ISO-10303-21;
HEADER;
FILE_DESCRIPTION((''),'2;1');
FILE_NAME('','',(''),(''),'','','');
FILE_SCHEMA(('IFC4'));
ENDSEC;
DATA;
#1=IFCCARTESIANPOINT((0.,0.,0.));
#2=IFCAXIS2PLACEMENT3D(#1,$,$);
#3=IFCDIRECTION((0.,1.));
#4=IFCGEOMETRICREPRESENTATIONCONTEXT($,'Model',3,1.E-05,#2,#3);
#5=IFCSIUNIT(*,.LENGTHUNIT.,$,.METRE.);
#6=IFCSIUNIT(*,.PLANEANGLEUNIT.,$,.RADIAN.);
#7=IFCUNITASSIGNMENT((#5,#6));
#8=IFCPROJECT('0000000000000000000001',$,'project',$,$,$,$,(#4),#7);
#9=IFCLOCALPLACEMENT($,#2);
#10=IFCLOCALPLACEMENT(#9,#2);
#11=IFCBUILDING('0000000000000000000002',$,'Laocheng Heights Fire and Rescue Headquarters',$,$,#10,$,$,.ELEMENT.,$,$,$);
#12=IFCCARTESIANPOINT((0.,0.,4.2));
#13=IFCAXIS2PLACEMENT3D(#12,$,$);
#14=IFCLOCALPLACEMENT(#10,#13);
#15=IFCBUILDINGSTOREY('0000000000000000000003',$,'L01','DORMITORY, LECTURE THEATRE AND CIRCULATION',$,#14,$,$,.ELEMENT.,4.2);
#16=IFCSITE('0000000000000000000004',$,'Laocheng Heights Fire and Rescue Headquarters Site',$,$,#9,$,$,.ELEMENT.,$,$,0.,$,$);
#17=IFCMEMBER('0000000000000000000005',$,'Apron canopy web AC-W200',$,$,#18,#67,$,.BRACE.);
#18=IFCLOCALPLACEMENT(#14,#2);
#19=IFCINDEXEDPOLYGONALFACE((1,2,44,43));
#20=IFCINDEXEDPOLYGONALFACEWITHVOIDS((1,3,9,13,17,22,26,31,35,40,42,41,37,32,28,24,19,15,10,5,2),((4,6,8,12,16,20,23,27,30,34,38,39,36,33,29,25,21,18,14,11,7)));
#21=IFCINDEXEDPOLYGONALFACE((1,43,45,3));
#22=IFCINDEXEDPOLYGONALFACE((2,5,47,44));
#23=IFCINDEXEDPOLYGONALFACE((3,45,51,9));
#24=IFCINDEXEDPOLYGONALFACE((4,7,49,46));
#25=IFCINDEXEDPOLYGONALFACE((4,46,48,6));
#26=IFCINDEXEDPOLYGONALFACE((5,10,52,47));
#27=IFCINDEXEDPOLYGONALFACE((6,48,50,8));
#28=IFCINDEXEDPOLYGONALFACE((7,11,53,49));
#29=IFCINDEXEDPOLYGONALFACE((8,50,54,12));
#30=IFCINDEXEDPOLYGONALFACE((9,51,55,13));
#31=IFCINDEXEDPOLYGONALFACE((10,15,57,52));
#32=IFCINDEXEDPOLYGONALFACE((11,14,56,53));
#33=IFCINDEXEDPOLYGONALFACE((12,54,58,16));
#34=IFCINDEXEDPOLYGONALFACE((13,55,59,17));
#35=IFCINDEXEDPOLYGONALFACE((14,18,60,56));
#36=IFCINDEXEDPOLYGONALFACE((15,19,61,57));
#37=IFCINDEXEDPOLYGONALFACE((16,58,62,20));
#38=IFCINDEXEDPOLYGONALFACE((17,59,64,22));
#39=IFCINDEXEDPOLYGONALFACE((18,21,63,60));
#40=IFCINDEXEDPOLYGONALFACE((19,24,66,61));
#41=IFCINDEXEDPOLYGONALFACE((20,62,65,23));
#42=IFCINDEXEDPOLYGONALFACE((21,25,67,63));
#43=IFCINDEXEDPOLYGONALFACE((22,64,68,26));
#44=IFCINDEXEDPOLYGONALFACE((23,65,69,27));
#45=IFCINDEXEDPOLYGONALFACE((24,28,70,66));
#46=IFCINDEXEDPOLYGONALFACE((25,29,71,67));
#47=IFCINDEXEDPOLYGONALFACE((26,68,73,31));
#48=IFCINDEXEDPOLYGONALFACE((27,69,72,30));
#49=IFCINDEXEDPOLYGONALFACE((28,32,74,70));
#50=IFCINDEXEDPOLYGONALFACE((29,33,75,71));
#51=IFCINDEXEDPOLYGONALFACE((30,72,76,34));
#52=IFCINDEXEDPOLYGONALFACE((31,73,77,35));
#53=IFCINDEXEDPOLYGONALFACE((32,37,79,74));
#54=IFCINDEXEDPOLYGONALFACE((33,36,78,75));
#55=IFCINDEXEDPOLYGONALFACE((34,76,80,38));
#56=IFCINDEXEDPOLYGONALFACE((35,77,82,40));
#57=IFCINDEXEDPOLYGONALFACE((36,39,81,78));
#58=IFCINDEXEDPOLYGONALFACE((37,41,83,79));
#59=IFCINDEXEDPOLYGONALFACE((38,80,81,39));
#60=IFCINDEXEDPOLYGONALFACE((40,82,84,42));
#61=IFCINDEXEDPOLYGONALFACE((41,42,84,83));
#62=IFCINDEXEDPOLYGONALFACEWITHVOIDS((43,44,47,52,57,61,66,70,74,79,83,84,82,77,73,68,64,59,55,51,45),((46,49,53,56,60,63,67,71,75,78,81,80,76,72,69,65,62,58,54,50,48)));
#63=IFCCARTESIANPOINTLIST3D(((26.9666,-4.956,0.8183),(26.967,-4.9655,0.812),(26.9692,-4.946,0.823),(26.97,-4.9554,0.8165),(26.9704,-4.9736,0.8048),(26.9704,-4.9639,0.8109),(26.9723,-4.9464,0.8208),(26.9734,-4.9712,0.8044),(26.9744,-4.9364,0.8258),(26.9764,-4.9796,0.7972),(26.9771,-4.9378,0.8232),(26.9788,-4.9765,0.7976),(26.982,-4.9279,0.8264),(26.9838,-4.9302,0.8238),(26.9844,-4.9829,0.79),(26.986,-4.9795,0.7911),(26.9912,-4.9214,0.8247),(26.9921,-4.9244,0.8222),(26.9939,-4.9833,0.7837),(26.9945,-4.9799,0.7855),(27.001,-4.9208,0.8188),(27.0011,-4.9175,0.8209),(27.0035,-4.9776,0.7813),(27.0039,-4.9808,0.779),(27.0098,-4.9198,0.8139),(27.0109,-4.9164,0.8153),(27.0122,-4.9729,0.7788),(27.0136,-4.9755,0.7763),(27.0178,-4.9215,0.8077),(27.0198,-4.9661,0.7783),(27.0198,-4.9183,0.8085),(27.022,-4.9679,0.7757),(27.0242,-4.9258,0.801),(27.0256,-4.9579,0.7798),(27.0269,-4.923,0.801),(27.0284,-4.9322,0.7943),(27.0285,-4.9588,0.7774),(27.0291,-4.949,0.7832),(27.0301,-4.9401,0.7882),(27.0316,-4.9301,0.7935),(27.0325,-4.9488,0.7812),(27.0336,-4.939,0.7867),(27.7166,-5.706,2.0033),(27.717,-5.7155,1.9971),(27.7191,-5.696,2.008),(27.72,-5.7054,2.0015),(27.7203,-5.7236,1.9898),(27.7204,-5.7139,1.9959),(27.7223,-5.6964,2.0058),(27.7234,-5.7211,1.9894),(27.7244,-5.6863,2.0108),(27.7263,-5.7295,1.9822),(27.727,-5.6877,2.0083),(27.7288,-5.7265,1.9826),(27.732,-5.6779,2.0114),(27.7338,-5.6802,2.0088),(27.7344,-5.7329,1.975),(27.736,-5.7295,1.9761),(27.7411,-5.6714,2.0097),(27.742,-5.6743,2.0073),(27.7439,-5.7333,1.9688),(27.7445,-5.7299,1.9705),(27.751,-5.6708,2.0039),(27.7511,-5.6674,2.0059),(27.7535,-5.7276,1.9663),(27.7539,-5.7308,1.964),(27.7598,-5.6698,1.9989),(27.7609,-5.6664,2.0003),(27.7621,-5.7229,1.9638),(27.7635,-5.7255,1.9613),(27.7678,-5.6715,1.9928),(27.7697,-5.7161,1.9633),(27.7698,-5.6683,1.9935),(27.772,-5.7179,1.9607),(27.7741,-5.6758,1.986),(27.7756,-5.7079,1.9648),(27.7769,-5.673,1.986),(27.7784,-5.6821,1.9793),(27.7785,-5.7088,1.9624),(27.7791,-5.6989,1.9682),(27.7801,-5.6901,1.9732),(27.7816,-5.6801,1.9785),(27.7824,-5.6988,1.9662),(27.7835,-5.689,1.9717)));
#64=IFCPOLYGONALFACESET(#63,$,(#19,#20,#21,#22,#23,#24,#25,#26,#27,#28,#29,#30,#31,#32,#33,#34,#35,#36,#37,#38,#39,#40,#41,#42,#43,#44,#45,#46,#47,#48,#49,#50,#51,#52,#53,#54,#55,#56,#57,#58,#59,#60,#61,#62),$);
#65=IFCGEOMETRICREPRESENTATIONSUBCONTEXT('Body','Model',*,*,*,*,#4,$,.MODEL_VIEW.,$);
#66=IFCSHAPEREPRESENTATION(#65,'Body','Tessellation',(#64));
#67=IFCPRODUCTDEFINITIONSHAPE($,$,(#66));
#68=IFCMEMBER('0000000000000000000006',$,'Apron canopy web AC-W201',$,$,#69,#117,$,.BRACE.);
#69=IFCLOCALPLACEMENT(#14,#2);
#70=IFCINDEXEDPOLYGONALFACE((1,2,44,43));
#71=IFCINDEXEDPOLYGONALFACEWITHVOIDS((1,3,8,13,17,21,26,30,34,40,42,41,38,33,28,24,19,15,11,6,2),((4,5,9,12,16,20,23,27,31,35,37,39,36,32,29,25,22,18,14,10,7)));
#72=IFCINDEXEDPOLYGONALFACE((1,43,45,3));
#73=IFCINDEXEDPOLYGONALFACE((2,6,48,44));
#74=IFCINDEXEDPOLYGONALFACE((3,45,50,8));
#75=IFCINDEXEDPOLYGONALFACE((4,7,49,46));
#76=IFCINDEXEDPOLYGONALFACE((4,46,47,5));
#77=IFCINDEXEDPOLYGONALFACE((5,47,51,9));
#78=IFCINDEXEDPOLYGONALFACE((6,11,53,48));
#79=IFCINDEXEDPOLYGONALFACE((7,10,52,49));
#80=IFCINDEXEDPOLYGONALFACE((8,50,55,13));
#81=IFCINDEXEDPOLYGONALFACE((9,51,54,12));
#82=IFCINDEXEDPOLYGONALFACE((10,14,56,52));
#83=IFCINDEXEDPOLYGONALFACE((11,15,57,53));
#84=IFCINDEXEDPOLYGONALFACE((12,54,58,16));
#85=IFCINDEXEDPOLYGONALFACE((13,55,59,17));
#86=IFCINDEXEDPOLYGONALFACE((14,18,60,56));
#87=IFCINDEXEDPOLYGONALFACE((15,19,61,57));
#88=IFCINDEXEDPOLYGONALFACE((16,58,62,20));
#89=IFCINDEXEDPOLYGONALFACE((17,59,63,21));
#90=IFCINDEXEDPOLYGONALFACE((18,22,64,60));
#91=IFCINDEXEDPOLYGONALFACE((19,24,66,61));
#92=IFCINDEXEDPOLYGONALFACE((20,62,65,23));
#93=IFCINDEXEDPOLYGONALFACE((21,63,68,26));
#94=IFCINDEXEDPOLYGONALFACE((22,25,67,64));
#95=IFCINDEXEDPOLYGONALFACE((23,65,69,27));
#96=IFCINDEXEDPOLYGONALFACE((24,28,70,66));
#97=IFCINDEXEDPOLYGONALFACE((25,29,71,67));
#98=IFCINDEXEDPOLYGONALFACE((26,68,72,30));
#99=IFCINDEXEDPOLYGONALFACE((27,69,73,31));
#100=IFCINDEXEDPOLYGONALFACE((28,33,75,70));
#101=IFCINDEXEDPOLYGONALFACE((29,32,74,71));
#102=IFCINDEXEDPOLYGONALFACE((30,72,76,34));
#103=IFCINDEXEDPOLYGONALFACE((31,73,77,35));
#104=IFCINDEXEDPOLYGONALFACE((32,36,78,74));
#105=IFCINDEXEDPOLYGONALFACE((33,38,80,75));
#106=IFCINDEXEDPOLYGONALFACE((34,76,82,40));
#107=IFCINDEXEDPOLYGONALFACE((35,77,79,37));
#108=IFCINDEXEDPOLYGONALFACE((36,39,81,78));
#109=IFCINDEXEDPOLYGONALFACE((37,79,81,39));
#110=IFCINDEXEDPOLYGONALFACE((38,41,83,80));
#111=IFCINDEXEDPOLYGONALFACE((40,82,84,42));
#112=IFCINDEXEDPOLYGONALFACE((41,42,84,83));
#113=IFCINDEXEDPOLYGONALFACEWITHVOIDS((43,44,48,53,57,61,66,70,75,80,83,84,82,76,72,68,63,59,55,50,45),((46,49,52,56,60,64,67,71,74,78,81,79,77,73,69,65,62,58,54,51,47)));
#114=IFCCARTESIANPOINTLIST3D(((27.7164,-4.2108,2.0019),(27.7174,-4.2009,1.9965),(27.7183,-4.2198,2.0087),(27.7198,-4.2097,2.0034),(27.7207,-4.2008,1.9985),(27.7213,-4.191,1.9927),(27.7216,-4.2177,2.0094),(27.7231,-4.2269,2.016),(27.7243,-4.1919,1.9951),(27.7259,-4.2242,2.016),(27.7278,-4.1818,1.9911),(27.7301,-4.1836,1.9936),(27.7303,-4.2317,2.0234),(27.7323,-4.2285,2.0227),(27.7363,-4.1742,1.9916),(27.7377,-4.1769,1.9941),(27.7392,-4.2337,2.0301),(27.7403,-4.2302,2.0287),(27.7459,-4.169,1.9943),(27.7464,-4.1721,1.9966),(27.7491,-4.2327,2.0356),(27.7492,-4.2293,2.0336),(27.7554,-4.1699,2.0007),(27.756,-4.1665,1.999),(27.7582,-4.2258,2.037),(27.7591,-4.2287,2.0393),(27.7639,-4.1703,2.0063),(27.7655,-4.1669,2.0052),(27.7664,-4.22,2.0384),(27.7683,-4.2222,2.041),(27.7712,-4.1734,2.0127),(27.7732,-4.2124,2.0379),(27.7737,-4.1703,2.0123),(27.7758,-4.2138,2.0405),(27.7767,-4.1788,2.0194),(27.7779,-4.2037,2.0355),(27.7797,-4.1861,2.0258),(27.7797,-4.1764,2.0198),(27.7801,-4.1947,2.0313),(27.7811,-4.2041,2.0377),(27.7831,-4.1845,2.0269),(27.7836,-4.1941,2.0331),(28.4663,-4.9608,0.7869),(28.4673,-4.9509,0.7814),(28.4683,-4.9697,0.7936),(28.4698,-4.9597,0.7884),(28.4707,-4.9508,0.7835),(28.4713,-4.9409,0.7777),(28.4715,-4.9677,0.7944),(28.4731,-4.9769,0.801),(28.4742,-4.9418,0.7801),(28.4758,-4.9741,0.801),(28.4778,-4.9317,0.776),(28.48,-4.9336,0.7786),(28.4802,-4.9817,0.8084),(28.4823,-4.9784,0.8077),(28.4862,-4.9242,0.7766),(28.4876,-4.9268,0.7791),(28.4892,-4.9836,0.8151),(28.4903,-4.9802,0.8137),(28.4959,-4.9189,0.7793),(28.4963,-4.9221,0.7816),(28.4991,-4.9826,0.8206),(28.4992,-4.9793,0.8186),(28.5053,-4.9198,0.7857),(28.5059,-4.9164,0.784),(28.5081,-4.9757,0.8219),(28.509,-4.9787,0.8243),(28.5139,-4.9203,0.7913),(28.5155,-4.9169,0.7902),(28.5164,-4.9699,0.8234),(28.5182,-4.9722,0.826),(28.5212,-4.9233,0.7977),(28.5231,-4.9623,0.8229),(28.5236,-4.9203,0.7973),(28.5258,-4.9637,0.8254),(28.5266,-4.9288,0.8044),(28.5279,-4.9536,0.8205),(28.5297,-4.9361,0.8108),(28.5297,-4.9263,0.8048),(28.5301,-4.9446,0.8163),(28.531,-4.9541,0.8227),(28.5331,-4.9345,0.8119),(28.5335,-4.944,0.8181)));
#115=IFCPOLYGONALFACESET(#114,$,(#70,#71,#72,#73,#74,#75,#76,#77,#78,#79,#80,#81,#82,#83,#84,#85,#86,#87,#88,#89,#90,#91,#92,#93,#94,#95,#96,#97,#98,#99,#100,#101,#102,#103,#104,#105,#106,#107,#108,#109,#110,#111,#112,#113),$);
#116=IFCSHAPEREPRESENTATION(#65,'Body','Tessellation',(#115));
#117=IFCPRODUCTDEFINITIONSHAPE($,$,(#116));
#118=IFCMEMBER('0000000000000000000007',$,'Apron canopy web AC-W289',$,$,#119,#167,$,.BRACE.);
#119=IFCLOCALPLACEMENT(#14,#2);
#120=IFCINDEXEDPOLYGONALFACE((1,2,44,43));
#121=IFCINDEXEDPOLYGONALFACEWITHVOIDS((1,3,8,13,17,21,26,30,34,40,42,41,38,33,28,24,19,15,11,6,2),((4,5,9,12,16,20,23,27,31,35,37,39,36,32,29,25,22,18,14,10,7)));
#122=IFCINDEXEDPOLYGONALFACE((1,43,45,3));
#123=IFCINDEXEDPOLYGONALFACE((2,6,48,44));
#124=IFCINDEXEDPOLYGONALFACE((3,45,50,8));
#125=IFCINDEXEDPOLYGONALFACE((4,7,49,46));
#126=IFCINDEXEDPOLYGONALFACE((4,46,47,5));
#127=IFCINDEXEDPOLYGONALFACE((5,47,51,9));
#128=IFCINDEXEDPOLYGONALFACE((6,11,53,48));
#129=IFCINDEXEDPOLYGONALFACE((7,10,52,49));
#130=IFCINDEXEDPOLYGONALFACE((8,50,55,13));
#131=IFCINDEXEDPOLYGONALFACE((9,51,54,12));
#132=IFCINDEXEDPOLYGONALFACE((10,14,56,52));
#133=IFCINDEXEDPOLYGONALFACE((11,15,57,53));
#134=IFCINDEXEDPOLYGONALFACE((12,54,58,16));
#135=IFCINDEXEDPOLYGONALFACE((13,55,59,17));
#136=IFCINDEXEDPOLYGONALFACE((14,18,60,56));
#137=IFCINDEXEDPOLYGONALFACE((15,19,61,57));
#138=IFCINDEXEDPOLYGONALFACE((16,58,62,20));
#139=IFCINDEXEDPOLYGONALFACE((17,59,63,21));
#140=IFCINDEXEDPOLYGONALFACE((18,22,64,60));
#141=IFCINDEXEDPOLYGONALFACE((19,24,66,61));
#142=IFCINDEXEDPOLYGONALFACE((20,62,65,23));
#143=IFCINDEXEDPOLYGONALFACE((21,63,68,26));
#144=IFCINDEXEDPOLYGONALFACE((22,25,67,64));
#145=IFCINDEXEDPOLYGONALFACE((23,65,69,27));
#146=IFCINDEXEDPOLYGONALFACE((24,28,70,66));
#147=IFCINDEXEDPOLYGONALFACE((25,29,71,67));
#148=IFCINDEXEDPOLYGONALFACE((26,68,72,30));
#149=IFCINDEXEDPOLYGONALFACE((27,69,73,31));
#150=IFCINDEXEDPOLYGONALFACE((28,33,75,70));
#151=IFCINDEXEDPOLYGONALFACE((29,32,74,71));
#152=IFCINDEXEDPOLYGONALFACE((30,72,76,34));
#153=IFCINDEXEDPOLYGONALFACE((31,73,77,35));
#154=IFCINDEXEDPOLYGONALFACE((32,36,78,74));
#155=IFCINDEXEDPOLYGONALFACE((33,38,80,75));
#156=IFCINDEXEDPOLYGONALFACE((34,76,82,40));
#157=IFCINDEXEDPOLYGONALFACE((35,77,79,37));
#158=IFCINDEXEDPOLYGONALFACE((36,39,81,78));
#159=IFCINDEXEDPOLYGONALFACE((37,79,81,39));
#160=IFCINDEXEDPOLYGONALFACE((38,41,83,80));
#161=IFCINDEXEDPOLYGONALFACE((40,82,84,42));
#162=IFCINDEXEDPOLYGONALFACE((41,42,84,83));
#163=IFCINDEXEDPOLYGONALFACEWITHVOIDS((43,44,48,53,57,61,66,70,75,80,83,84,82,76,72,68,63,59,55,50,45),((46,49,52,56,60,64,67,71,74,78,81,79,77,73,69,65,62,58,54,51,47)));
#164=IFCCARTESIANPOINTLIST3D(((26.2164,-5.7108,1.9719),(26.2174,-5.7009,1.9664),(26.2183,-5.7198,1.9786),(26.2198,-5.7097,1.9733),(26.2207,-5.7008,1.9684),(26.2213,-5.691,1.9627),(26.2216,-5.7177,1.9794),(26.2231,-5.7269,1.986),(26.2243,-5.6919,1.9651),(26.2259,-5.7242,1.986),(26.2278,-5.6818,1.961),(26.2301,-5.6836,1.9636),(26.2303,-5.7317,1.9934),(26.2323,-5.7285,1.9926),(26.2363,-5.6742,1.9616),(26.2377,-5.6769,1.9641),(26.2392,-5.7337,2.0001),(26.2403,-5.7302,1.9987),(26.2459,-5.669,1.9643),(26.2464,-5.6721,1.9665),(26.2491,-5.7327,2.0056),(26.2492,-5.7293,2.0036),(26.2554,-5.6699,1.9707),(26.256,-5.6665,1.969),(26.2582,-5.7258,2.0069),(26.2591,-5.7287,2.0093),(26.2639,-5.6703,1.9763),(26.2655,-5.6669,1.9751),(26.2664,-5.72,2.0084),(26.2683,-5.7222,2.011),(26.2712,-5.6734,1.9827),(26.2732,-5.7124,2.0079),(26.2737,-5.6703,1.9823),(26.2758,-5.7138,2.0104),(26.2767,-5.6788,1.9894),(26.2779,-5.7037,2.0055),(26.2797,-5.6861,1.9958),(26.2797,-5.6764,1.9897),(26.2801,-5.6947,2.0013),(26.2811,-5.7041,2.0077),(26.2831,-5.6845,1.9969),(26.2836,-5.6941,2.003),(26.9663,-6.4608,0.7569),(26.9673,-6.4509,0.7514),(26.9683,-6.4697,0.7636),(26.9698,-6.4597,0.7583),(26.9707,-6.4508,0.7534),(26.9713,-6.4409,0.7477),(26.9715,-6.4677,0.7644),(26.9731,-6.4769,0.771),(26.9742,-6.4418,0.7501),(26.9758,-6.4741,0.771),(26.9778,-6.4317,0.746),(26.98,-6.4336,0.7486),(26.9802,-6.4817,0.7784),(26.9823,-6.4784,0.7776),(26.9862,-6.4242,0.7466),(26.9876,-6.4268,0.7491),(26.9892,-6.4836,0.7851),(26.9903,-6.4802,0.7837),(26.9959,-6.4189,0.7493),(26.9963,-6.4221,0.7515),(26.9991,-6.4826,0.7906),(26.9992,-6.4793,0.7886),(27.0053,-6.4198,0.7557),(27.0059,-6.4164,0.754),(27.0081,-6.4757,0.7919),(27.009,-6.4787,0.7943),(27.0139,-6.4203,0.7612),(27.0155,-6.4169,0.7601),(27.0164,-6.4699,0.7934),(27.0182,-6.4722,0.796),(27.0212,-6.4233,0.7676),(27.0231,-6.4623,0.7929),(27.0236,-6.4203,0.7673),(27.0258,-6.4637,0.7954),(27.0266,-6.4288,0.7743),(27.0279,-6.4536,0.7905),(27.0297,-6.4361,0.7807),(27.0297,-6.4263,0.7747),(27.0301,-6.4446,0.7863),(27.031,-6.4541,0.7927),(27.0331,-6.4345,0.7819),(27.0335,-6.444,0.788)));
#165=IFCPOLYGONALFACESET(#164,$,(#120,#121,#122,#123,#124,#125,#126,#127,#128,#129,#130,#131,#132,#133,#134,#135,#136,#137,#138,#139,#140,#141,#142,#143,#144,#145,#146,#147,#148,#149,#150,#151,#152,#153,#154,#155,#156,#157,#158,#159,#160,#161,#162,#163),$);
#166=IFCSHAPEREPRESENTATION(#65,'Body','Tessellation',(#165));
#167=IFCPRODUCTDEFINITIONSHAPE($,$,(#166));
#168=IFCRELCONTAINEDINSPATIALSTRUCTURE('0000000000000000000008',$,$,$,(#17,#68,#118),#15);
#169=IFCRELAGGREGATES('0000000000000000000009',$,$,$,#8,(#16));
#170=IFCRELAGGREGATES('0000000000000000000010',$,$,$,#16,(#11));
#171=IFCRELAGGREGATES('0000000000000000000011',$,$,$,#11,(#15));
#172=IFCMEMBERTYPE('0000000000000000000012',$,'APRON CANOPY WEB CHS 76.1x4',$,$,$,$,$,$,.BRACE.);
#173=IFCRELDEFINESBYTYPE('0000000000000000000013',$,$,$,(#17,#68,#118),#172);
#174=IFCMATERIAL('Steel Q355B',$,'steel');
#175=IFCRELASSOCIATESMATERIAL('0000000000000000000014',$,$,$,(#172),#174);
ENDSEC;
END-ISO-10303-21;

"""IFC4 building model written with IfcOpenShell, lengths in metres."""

from ifc_helpers import new_model, si_unit, direction, frame, origin, origin_2d, place, context, subcontext, project, spatial, hollow_circle, extrude, material, material_profile, profile_set, type_object, element, save


model = new_model("IFC4")

# Units and contexts
model_context = context("Model", 3, precision=1e-05, world=origin(), true_north=direction((0.0, 1.0)))
body_context = subcontext(model_context, "Body", "Model", "MODEL_VIEW")
ifc_project = project(units=[si_unit("LENGTHUNIT", "METRE"), si_unit("PLANEANGLEUNIT", "RADIAN")], contexts=[model_context])

# Site, building, storey
site_placement = place(None, origin())
site = spatial("IfcSite", under=ifc_project, at=site_placement, Name="Laocheng Heights Fire and Rescue Headquarters Site", CompositionType="ELEMENT", RefElevation=0.0)
building_placement = place(site_placement, origin())
building = spatial("IfcBuilding", under=site, at=building_placement, Name="Laocheng Heights Fire and Rescue Headquarters", CompositionType="ELEMENT")
storey_placement = place(building_placement, frame((0.0, 0.0, 4.2)))
storey = spatial("IfcBuildingStorey", under=building, at=storey_placement, Name="L01", Description="DORMITORY, LECTURE THEATRE AND CIRCULATION", CompositionType="ELEMENT", Elevation=4.2)

# Members
ifc_material_1 = material(Name="Steel Q355B", Category="steel")
ifc_material_profile_1 = material_profile(ifc_material_1, hollow_circle(Radius=0.0381, WallThickness=0.0039, at=origin_2d()), Name="CHS 76.1x4")
ifc_profile_set_1 = profile_set([ifc_material_profile_1], Name="Steel Q355B")
member_type_1 = type_object("IfcMemberType", Name="APRON CANOPY WEB CHS 76.1x4", PredefinedType="BRACE", material=ifc_profile_set_1)
for number, where, z_axis, x_axis, name in (
    (1, (27.0, -4.95, 0.801), (0.47158, -0.47158, 0.745134), (0.707107, 0.707107, 0.0), "Apron canopy web AC-W200"),
):
    element("IfcMember", number, at=place(storey_placement, frame(where, z_axis=z_axis, x_axis=x_axis)), inside=storey, type_object=member_type_1, Name=name, PredefinedType="BRACE", context=body_context, shape_type="SweptSolid", body=[
        extrude(hollow_circle(Radius=0.0381, WallThickness=0.0039, at=origin_2d()), origin(), (0.0, 0.0, 1.0), 1.5903),
    ])
for number, where, z_axis, x_axis, name in (
    (2, (28.5, -4.95, 0.801), (-0.465002, 0.465002, 0.753357), (-0.707107, -0.707107, 0.0), "Apron canopy web AC-W201"),
    (3, (27.0, -6.45, 0.771), (-0.465002, 0.465002, 0.753357), (-0.707107, -0.707107, 0.0), "Apron canopy web AC-W289"),
):
    element("IfcMember", number, at=place(storey_placement, frame(where, z_axis=z_axis, x_axis=x_axis)), inside=storey, type_object=member_type_1, Name=name, PredefinedType="BRACE", context=body_context, shape_type="SweptSolid", body=[
        extrude(hollow_circle(Radius=0.0381, WallThickness=0.0039, at=origin_2d()), origin(), (0.0, 0.0, 1.0), 1.6128),
    ])

save(model, "model.ifc")
